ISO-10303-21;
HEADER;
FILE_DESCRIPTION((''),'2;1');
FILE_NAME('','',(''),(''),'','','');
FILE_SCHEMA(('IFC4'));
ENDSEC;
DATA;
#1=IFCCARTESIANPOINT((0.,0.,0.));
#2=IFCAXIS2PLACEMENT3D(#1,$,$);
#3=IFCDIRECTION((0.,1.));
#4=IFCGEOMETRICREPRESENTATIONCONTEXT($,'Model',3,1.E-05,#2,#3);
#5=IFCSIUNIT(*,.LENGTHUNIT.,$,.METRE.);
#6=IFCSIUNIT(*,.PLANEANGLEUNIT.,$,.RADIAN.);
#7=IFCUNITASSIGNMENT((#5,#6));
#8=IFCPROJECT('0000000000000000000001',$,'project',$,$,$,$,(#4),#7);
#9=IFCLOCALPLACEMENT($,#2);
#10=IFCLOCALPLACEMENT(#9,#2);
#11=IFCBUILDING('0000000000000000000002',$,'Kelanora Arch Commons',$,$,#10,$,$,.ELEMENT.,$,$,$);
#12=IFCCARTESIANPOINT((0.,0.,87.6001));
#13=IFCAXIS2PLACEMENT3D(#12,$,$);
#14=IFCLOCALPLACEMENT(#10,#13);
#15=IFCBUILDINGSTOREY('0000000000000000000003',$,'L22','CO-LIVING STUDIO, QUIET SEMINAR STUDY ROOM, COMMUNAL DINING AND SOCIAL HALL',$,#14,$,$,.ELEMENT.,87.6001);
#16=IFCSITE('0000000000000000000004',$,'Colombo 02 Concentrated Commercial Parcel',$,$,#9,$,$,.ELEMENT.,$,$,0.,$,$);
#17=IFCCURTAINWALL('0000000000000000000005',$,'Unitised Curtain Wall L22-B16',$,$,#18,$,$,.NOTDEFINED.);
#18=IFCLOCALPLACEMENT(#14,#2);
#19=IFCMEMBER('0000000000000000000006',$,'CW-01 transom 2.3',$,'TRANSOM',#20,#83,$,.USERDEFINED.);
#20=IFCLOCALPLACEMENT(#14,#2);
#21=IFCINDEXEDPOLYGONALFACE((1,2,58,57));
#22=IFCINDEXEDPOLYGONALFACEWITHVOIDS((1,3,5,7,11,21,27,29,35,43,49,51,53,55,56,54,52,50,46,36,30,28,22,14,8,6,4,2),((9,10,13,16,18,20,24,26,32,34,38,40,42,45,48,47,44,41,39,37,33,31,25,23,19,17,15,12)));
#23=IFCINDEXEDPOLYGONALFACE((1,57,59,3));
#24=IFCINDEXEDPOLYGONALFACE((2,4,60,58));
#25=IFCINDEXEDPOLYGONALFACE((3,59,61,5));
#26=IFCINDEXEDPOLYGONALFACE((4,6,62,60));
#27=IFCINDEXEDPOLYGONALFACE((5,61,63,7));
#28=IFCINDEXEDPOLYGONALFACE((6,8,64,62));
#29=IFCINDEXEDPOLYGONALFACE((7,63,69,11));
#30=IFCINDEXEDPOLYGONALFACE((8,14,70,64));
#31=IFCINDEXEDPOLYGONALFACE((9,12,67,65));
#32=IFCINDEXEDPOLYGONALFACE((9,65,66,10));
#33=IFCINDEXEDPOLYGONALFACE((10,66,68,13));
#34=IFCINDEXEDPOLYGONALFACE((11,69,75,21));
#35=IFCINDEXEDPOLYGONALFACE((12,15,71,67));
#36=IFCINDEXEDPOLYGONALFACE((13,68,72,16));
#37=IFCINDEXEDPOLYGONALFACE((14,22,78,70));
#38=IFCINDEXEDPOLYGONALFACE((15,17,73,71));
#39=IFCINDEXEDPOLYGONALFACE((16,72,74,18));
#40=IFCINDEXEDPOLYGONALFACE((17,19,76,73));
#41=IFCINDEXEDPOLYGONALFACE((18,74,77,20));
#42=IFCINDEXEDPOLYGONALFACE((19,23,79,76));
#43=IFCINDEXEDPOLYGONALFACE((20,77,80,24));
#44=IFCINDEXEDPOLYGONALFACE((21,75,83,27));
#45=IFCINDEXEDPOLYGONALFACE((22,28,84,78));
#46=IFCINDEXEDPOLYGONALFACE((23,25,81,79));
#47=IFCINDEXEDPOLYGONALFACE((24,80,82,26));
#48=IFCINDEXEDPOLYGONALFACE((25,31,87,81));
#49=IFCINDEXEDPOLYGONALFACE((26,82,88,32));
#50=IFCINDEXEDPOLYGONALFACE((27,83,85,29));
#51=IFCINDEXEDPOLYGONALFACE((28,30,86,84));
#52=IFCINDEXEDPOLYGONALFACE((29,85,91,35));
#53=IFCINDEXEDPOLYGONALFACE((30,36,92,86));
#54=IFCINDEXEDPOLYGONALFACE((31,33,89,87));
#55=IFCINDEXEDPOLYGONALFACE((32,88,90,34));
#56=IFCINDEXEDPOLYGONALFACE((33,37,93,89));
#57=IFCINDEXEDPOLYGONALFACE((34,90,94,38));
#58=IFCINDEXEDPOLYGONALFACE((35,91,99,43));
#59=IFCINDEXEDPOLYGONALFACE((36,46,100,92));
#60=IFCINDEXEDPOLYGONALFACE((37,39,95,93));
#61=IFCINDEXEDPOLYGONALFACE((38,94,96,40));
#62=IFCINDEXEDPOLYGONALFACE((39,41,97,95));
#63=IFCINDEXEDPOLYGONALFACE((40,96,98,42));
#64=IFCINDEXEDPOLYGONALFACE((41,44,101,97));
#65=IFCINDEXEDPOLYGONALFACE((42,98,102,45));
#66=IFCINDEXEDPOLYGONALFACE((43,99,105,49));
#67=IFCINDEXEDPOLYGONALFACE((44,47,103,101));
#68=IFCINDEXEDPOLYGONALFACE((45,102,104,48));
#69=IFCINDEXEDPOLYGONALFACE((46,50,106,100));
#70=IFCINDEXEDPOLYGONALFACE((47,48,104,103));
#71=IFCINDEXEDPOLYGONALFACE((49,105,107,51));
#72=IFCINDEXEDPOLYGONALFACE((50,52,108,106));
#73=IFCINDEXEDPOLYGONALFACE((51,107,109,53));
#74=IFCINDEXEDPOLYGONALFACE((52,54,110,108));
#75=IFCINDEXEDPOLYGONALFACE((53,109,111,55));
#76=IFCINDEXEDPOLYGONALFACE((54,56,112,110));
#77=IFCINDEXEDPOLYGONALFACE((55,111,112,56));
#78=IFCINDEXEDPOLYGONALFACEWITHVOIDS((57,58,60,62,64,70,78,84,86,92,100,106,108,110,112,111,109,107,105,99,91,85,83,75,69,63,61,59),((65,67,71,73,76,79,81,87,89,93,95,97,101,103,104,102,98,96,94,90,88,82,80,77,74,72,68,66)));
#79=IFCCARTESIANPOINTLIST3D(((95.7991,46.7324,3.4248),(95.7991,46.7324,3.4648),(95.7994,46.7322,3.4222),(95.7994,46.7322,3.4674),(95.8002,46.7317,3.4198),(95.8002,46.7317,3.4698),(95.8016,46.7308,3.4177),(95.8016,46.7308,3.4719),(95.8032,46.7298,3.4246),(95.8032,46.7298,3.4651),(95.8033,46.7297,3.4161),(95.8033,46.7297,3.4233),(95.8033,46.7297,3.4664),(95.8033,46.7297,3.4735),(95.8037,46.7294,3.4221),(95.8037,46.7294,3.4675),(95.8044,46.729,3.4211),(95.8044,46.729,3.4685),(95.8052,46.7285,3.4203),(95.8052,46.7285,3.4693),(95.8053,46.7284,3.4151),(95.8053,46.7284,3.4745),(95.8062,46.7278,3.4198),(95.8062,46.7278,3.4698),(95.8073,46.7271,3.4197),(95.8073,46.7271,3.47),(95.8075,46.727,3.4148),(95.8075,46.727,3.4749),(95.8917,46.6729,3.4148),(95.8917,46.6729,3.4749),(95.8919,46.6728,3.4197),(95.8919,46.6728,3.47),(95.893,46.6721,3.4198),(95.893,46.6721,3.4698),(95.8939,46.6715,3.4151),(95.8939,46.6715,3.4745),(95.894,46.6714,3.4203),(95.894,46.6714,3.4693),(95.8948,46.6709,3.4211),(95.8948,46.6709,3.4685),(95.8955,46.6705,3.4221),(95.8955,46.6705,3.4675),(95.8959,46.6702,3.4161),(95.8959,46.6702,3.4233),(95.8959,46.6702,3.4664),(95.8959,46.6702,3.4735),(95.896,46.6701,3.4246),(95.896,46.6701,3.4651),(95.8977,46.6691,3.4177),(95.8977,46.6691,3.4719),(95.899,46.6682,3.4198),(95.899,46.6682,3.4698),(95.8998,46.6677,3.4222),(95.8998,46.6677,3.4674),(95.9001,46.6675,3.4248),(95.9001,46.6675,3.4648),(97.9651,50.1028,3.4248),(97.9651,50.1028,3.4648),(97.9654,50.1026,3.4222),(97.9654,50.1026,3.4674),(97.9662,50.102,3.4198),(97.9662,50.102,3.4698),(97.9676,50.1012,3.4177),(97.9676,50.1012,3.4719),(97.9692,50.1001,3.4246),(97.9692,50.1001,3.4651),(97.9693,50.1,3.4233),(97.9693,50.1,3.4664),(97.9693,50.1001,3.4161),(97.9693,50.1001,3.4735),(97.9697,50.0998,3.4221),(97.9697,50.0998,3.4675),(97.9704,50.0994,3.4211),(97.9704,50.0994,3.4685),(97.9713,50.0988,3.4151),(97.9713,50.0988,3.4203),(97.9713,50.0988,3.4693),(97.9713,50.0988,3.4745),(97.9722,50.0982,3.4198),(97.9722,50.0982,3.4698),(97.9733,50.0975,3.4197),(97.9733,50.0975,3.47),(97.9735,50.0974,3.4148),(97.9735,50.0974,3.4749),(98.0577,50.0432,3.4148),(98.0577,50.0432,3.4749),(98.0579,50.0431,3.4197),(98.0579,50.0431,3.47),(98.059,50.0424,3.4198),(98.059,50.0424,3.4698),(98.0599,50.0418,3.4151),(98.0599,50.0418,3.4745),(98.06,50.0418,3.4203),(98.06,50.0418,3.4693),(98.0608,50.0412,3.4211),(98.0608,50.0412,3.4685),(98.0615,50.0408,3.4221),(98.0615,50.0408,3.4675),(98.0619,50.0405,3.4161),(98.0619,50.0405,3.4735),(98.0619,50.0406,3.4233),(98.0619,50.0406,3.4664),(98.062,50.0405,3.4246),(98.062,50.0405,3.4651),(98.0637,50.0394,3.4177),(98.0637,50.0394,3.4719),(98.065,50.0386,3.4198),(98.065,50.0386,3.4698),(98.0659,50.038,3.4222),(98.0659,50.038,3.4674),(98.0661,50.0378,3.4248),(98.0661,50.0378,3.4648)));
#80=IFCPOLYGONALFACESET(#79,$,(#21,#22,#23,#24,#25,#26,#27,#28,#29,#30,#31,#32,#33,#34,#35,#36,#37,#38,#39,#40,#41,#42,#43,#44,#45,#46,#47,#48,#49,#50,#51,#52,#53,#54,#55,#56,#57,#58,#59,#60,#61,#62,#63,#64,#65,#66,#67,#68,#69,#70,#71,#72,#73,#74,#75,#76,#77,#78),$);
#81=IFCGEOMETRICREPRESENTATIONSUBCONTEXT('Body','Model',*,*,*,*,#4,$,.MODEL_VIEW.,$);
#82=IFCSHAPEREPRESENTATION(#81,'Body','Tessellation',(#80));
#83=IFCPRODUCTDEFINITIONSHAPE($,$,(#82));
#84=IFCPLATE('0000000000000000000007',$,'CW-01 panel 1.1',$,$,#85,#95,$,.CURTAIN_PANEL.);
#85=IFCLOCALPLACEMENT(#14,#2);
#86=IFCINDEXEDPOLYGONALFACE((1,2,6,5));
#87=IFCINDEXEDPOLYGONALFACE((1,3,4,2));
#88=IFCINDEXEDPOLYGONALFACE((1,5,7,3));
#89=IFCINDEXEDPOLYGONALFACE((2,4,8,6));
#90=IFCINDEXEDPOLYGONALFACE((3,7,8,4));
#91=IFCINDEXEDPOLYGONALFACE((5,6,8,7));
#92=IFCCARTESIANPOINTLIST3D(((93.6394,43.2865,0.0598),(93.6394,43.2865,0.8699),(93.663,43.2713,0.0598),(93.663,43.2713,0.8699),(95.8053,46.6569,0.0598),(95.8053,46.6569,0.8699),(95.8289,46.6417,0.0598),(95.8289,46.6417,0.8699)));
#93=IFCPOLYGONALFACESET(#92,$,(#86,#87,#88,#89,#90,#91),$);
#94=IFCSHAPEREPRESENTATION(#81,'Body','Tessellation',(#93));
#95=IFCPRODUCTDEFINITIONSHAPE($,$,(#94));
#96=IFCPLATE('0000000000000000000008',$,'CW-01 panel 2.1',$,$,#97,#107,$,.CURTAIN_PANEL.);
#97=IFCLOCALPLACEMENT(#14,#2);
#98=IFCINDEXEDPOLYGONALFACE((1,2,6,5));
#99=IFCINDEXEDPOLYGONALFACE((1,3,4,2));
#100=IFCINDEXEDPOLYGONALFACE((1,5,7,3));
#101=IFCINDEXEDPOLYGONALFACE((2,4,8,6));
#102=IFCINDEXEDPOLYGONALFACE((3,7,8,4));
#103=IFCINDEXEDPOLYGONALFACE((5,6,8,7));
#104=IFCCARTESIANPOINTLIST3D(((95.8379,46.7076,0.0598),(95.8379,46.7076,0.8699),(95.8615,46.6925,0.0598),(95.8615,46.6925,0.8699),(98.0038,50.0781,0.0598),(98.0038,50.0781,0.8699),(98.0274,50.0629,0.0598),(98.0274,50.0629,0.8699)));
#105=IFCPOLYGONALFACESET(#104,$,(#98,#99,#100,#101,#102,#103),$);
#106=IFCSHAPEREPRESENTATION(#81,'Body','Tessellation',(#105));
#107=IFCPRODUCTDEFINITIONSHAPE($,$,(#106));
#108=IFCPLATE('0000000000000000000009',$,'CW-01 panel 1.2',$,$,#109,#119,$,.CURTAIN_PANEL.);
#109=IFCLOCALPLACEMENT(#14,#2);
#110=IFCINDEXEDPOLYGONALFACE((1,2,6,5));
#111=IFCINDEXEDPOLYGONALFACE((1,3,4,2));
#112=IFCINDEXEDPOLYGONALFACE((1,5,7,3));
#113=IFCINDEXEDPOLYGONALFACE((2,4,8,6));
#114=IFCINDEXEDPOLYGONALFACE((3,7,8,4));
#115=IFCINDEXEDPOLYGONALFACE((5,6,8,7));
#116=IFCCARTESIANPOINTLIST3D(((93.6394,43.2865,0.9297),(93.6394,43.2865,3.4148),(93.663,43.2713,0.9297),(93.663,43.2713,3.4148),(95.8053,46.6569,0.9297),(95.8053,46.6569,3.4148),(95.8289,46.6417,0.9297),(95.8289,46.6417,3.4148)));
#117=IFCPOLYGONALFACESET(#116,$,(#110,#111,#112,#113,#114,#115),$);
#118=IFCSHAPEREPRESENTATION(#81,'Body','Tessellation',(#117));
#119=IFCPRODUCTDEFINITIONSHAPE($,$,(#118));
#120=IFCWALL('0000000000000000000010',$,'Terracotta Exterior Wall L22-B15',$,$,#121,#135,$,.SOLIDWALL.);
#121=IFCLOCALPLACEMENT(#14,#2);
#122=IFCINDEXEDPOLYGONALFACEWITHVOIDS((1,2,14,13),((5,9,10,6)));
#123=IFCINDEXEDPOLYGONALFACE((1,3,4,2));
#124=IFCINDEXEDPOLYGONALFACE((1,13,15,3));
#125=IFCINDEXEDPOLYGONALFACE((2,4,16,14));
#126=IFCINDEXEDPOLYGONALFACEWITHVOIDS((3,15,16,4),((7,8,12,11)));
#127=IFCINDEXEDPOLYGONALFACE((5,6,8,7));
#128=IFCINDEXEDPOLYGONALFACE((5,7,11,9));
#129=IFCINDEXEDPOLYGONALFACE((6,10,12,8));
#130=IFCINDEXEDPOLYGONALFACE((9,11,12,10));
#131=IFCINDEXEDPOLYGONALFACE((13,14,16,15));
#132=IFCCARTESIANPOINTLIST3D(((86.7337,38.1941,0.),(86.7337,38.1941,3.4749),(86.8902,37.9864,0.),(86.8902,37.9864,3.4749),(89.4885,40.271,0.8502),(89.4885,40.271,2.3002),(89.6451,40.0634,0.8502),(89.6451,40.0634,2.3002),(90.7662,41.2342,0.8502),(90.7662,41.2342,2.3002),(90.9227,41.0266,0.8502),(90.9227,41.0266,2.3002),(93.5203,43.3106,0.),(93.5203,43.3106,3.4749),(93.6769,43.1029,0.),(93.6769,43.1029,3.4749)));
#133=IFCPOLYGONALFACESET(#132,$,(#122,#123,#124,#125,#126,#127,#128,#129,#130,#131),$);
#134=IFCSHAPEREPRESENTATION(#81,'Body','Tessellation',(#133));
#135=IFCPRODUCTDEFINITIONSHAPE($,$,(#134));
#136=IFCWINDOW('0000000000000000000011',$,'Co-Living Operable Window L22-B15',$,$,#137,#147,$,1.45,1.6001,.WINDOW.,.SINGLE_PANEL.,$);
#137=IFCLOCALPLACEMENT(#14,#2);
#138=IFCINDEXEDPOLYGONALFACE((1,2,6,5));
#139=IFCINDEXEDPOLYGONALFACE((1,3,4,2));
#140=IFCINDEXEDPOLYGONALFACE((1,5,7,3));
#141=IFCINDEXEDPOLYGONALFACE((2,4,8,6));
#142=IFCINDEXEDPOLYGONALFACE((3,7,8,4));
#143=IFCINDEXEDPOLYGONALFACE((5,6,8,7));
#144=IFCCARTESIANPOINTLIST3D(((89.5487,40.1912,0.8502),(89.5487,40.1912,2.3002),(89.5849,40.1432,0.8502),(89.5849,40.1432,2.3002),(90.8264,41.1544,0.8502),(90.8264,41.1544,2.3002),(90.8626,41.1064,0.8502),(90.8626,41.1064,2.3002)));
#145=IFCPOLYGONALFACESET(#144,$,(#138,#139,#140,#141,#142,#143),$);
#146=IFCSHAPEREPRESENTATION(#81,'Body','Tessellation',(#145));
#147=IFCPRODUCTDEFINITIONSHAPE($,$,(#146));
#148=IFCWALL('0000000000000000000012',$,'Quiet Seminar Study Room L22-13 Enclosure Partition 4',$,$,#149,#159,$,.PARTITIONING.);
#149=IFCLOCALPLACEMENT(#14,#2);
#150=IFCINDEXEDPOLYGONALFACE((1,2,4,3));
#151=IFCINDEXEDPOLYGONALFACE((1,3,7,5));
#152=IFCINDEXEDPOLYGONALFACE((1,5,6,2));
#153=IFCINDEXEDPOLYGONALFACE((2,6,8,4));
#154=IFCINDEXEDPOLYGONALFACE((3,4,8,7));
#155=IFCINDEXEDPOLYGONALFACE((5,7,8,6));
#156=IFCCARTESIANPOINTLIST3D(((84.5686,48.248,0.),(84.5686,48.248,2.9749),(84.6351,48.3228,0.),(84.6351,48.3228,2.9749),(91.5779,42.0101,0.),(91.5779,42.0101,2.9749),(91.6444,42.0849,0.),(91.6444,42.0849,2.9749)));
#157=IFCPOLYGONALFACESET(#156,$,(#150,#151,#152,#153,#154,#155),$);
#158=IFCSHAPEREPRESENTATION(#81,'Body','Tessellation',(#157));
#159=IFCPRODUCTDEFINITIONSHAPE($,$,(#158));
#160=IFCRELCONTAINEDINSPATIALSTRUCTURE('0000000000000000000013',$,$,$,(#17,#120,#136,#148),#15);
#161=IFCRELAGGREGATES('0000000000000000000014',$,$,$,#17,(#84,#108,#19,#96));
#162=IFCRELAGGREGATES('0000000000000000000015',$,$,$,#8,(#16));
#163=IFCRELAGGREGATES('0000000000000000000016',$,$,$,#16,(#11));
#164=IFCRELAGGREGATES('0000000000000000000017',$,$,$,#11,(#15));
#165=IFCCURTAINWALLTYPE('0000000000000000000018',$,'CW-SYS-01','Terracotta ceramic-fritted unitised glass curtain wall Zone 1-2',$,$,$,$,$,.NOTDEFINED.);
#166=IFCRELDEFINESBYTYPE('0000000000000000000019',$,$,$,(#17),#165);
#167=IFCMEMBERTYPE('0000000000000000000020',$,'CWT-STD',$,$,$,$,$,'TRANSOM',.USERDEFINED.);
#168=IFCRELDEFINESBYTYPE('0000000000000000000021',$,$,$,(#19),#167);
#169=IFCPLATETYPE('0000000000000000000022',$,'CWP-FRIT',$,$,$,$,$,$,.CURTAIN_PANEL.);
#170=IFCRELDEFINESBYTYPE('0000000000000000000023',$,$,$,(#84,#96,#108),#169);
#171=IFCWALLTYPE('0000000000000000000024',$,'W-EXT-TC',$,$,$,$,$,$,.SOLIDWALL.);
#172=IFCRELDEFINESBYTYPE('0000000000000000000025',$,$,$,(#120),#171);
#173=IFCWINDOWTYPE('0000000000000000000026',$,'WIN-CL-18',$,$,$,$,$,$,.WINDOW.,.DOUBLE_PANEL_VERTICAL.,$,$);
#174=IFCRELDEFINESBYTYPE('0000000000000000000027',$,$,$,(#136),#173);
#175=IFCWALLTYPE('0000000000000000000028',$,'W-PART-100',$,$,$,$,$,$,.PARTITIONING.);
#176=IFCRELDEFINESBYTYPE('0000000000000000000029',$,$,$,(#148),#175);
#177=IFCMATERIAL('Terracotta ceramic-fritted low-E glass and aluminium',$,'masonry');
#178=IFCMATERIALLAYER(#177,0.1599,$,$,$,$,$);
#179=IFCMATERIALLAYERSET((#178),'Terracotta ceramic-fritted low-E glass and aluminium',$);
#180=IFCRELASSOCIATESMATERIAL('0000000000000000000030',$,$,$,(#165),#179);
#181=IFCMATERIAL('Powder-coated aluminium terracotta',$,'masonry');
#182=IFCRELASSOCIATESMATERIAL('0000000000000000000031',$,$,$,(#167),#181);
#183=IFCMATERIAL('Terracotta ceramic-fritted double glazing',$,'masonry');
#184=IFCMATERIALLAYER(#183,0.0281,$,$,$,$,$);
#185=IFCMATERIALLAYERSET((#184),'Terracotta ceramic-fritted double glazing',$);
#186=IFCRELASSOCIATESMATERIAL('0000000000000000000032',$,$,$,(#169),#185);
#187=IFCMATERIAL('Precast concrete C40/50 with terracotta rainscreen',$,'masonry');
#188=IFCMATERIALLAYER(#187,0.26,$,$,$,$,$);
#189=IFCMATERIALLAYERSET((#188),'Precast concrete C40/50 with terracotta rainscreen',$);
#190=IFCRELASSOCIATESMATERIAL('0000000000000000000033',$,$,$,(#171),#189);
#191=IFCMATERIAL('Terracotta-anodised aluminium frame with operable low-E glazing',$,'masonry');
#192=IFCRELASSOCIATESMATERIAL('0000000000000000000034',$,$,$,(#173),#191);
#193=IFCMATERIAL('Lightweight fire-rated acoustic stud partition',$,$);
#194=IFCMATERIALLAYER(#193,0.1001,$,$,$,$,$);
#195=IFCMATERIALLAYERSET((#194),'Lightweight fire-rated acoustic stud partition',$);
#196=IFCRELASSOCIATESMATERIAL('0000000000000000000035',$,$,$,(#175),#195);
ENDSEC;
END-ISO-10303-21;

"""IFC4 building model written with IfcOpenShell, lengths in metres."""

from ifc_helpers import new_model, si_unit, direction, frame, frame_2d, origin, origin_2d, place, context, subcontext, project, spatial, rectangle, hollow_rectangle, extrude, source, transform, mapped, material, layer, layer_set, material_profile, profile_set, type_object, element, fill, aggregate, save


model = new_model("IFC4")

# Units and contexts
model_context = context("Model", 3, precision=1e-05, world=origin(), true_north=direction((0.0, 1.0)))
body_context = subcontext(model_context, "Body", "Model", "MODEL_VIEW")
ifc_project = project(units=[si_unit("LENGTHUNIT", "METRE"), si_unit("PLANEANGLEUNIT", "RADIAN")], contexts=[model_context])

# Site, building, storey
site_placement = place(None, origin())
site = spatial("IfcSite", under=ifc_project, at=site_placement, Name="Colombo 02 Concentrated Commercial Parcel", CompositionType="ELEMENT", RefElevation=0.0)
building_placement = place(site_placement, origin())
building = spatial("IfcBuilding", under=site, at=building_placement, Name="Kelanora Arch Commons", CompositionType="ELEMENT")
storey_placement = place(building_placement, frame((0.0, 0.0, 87.6001)))
storey = spatial("IfcBuildingStorey", under=building, at=storey_placement, Name="L22", Description="CO-LIVING STUDIO, QUIET SEMINAR STUDY ROOM, COMMUNAL DINING AND SOCIAL HALL", CompositionType="ELEMENT", Elevation=87.6001)

# Shared definitions
ifc_material_1 = material(Name="Terracotta ceramic-fritted low-E glass and aluminium", Category="masonry")
ifc_layer_1 = layer(ifc_material_1, 0.1599)
ifc_layer_set_1 = layer_set([ifc_layer_1], Name="Terracotta ceramic-fritted low-E glass and aluminium")
curtain_wall_type = type_object("IfcCurtainWallType", Name="CW-SYS-01", Description="Terracotta ceramic-fritted unitised glass curtain wall Zone 1-2", PredefinedType="NOTDEFINED", material=ifc_layer_set_1)
ifc_material_2 = material(Name="Powder-coated aluminium terracotta", Category="masonry")

# Curtain wall, member, plates
curtain_wall_1_placement = place(storey_placement, origin())
curtain_wall_1 = element("IfcCurtainWall", 1, at=curtain_wall_1_placement, inside=storey, type_object=curtain_wall_type, Name="Unitised Curtain Wall L22-B16", PredefinedType="NOTDEFINED")
ifc_material_profile_1 = material_profile(ifc_material_2, hollow_rectangle(XDim=0.1201, YDim=0.0601, WallThickness=0.0049, InnerFilletRadius=0.0049, OuterFilletRadius=0.01, at=origin_2d()), Name="CWT120x60")
ifc_profile_set_1 = profile_set([ifc_material_profile_1], Name="Powder-coated aluminium terracotta")
member_type_1 = type_object("IfcMemberType", Name="CWT-STD", ElementType="TRANSOM", PredefinedType="USERDEFINED", material=ifc_profile_set_1)
member_1_placement = place(storey_placement, frame((95.8496, 46.7, 3.4448), z_axis=(0.540644, 0.841252, 0.0), x_axis=(-0.841252, 0.540644, 0.0)))
member_1 = element("IfcMember", 2, at=member_1_placement, type_object=member_type_1, Name="CW-01 transom 2.3", ObjectType="TRANSOM", PredefinedType="USERDEFINED", context=body_context, shape_type="SweptSolid", body=[
    extrude(hollow_rectangle(XDim=0.1201, YDim=0.0601, WallThickness=0.0049, InnerFilletRadius=0.0049, OuterFilletRadius=0.01, at=origin_2d()), origin(), (0.0, 0.0, 1.0), 4.0063),
])
ifc_material_3 = material(Name="Terracotta ceramic-fritted double glazing", Category="masonry")
ifc_layer_2 = layer(ifc_material_3, 0.0281)
ifc_layer_set_2 = layer_set([ifc_layer_2], Name="Terracotta ceramic-fritted double glazing")
plate_type = type_object("IfcPlateType", Name="CWP-FRIT", PredefinedType="CURTAIN_PANEL", material=ifc_layer_set_2)
shared_shape_1 = source(origin(), body_context, "Body", "SweptSolid", [
    extrude(rectangle(XDim=4.0063, YDim=0.0281, at=origin_2d()), origin(), (0.0, 0.0, 1.0), 0.8101),
])
plate_1_placement = place(storey_placement, frame((94.7341, 44.9641, 0.0598), z_axis=(0.0, 0.0, 1.0), x_axis=(0.540617, 0.841269, 0.0)))
plate_1 = element("IfcPlate", 3, at=plate_1_placement, type_object=plate_type, Name="CW-01 panel 1.1", PredefinedType="CURTAIN_PANEL", context=body_context, shape_type="MappedRepresentation", body=[
    mapped(shared_shape_1, transform((0.0, 0.0, 0.0), scale=1.0)),
])
plate_2_placement = place(storey_placement, frame((96.9326, 48.3853, 0.0598), z_axis=(0.0, 0.0, 1.0), x_axis=(0.540617, 0.841269, 0.0)))
plate_2 = element("IfcPlate", 4, at=plate_2_placement, type_object=plate_type, Name="CW-01 panel 2.1", PredefinedType="CURTAIN_PANEL", context=body_context, shape_type="MappedRepresentation", body=[
    mapped(shared_shape_1, transform((0.0, 0.0, 0.0), scale=1.0)),
])
shared_shape_2 = source(origin(), body_context, "Body", "SweptSolid", [
    extrude(rectangle(XDim=4.0063, YDim=0.0281, at=origin_2d()), origin(), (0.0, 0.0, 1.0), 2.4851),
])
plate_3_placement = place(storey_placement, frame((94.7341, 44.9641, 0.9297), z_axis=(0.0, 0.0, 1.0), x_axis=(0.540617, 0.841269, 0.0)))
plate_3 = element("IfcPlate", 5, at=plate_3_placement, type_object=plate_type, Name="CW-01 panel 1.2", PredefinedType="CURTAIN_PANEL", context=body_context, shape_type="MappedRepresentation", body=[
    mapped(shared_shape_2, transform((0.0, 0.0, 0.0), scale=1.0)),
])
aggregate(curtain_wall_1, [plate_1, plate_3, member_1, plate_2])

# Wall, opening, window
ifc_material_4 = material(Name="Precast concrete C40/50 with terracotta rainscreen", Category="masonry")
ifc_layer_3 = layer(ifc_material_4, 0.26)
ifc_layer_set_3 = layer_set([ifc_layer_3], Name="Precast concrete C40/50 with terracotta rainscreen")
wall_type_1 = type_object("IfcWallType", Name="W-EXT-TC", PredefinedType="SOLIDWALL", material=ifc_layer_set_3)
wall_1_placement = place(storey_placement, frame((86.812, 38.0903, 0.0), z_axis=(0.0, 0.0, 1.0), x_axis=(0.798502, 0.601993, 0.0)))
wall_1 = element("IfcWall", 6, at=wall_1_placement, inside=storey, type_object=wall_type_1, Name="Terracotta Exterior Wall L22-B15", PredefinedType="SOLIDWALL", context=body_context, shape_type="SweptSolid", body=[
    extrude(rectangle(XDim=8.4993, YDim=0.26, at=frame_2d((4.2495, 0.0))), origin(), (0.0, 0.0, 1.0), 3.4749),
])
opening_placement = place(wall_1_placement, frame((3.45, 0.0, 0.8501)))
opening = element("IfcOpeningElement", 7, at=opening_placement, cuts=wall_1, PredefinedType="OPENING", context=body_context, shape_type="SweptSolid", body=[
    extrude(rectangle(XDim=1.6001, YDim=1.45, at=frame_2d((0.8, 0.7251))), frame((0.0, 0.1401, 0.0), z_axis=(0.0, -1.0, 0.0), x_axis=(1.0, 0.0, 0.0)), (0.0, 0.0, 1.0), 0.28),
])
ifc_material_5 = material(Name="Terracotta-anodised aluminium frame with operable low-E glazing", Category="masonry")
window_type = type_object("IfcWindowType", Name="WIN-CL-18", PartitioningType="DOUBLE_PANEL_VERTICAL", PredefinedType="WINDOW", material=ifc_material_5)
window_placement = place(opening_placement, origin())
window = element("IfcWindow", 8, at=window_placement, inside=storey, type_object=window_type, Name="Co-Living Operable Window L22-B15", OverallHeight=1.45, OverallWidth=1.6001, PartitioningType="SINGLE_PANEL", PredefinedType="WINDOW", context=body_context, shape_type="SweptSolid", body=[
    extrude(rectangle(XDim=1.6001, YDim=1.45, at=frame_2d((0.8, 0.7251))), frame((0.0, 0.03, 0.0), z_axis=(0.0, -1.0, 0.0), x_axis=(1.0, 0.0, 0.0)), (0.0, 0.0, 1.0), 0.0601),
])
fill(opening, window)

# Wall
ifc_material_6 = material(Name="Lightweight fire-rated acoustic stud partition")
ifc_layer_4 = layer(ifc_material_6, 0.1001)
ifc_layer_set_4 = layer_set([ifc_layer_4], Name="Lightweight fire-rated acoustic stud partition")
wall_type_2 = type_object("IfcWallType", Name="W-PART-100", PredefinedType="PARTITIONING", material=ifc_layer_set_4)
wall_2_placement = place(storey_placement, frame((91.6111, 42.0476, 0.0), z_axis=(0.0, 0.0, 1.0), x_axis=(-0.747022, 0.6648, 0.0)))
element("IfcWall", 9, at=wall_2_placement, inside=storey, type_object=wall_type_2, Name="Quiet Seminar Study Room L22-13 Enclosure Partition 4", PredefinedType="PARTITIONING", context=body_context, shape_type="SweptSolid", body=[
    extrude(rectangle(XDim=9.3831, YDim=0.1001, at=frame_2d((4.6914, 0.0))), origin(), (0.0, 0.0, 1.0), 2.9749),
])

save(model, "model.ifc")
